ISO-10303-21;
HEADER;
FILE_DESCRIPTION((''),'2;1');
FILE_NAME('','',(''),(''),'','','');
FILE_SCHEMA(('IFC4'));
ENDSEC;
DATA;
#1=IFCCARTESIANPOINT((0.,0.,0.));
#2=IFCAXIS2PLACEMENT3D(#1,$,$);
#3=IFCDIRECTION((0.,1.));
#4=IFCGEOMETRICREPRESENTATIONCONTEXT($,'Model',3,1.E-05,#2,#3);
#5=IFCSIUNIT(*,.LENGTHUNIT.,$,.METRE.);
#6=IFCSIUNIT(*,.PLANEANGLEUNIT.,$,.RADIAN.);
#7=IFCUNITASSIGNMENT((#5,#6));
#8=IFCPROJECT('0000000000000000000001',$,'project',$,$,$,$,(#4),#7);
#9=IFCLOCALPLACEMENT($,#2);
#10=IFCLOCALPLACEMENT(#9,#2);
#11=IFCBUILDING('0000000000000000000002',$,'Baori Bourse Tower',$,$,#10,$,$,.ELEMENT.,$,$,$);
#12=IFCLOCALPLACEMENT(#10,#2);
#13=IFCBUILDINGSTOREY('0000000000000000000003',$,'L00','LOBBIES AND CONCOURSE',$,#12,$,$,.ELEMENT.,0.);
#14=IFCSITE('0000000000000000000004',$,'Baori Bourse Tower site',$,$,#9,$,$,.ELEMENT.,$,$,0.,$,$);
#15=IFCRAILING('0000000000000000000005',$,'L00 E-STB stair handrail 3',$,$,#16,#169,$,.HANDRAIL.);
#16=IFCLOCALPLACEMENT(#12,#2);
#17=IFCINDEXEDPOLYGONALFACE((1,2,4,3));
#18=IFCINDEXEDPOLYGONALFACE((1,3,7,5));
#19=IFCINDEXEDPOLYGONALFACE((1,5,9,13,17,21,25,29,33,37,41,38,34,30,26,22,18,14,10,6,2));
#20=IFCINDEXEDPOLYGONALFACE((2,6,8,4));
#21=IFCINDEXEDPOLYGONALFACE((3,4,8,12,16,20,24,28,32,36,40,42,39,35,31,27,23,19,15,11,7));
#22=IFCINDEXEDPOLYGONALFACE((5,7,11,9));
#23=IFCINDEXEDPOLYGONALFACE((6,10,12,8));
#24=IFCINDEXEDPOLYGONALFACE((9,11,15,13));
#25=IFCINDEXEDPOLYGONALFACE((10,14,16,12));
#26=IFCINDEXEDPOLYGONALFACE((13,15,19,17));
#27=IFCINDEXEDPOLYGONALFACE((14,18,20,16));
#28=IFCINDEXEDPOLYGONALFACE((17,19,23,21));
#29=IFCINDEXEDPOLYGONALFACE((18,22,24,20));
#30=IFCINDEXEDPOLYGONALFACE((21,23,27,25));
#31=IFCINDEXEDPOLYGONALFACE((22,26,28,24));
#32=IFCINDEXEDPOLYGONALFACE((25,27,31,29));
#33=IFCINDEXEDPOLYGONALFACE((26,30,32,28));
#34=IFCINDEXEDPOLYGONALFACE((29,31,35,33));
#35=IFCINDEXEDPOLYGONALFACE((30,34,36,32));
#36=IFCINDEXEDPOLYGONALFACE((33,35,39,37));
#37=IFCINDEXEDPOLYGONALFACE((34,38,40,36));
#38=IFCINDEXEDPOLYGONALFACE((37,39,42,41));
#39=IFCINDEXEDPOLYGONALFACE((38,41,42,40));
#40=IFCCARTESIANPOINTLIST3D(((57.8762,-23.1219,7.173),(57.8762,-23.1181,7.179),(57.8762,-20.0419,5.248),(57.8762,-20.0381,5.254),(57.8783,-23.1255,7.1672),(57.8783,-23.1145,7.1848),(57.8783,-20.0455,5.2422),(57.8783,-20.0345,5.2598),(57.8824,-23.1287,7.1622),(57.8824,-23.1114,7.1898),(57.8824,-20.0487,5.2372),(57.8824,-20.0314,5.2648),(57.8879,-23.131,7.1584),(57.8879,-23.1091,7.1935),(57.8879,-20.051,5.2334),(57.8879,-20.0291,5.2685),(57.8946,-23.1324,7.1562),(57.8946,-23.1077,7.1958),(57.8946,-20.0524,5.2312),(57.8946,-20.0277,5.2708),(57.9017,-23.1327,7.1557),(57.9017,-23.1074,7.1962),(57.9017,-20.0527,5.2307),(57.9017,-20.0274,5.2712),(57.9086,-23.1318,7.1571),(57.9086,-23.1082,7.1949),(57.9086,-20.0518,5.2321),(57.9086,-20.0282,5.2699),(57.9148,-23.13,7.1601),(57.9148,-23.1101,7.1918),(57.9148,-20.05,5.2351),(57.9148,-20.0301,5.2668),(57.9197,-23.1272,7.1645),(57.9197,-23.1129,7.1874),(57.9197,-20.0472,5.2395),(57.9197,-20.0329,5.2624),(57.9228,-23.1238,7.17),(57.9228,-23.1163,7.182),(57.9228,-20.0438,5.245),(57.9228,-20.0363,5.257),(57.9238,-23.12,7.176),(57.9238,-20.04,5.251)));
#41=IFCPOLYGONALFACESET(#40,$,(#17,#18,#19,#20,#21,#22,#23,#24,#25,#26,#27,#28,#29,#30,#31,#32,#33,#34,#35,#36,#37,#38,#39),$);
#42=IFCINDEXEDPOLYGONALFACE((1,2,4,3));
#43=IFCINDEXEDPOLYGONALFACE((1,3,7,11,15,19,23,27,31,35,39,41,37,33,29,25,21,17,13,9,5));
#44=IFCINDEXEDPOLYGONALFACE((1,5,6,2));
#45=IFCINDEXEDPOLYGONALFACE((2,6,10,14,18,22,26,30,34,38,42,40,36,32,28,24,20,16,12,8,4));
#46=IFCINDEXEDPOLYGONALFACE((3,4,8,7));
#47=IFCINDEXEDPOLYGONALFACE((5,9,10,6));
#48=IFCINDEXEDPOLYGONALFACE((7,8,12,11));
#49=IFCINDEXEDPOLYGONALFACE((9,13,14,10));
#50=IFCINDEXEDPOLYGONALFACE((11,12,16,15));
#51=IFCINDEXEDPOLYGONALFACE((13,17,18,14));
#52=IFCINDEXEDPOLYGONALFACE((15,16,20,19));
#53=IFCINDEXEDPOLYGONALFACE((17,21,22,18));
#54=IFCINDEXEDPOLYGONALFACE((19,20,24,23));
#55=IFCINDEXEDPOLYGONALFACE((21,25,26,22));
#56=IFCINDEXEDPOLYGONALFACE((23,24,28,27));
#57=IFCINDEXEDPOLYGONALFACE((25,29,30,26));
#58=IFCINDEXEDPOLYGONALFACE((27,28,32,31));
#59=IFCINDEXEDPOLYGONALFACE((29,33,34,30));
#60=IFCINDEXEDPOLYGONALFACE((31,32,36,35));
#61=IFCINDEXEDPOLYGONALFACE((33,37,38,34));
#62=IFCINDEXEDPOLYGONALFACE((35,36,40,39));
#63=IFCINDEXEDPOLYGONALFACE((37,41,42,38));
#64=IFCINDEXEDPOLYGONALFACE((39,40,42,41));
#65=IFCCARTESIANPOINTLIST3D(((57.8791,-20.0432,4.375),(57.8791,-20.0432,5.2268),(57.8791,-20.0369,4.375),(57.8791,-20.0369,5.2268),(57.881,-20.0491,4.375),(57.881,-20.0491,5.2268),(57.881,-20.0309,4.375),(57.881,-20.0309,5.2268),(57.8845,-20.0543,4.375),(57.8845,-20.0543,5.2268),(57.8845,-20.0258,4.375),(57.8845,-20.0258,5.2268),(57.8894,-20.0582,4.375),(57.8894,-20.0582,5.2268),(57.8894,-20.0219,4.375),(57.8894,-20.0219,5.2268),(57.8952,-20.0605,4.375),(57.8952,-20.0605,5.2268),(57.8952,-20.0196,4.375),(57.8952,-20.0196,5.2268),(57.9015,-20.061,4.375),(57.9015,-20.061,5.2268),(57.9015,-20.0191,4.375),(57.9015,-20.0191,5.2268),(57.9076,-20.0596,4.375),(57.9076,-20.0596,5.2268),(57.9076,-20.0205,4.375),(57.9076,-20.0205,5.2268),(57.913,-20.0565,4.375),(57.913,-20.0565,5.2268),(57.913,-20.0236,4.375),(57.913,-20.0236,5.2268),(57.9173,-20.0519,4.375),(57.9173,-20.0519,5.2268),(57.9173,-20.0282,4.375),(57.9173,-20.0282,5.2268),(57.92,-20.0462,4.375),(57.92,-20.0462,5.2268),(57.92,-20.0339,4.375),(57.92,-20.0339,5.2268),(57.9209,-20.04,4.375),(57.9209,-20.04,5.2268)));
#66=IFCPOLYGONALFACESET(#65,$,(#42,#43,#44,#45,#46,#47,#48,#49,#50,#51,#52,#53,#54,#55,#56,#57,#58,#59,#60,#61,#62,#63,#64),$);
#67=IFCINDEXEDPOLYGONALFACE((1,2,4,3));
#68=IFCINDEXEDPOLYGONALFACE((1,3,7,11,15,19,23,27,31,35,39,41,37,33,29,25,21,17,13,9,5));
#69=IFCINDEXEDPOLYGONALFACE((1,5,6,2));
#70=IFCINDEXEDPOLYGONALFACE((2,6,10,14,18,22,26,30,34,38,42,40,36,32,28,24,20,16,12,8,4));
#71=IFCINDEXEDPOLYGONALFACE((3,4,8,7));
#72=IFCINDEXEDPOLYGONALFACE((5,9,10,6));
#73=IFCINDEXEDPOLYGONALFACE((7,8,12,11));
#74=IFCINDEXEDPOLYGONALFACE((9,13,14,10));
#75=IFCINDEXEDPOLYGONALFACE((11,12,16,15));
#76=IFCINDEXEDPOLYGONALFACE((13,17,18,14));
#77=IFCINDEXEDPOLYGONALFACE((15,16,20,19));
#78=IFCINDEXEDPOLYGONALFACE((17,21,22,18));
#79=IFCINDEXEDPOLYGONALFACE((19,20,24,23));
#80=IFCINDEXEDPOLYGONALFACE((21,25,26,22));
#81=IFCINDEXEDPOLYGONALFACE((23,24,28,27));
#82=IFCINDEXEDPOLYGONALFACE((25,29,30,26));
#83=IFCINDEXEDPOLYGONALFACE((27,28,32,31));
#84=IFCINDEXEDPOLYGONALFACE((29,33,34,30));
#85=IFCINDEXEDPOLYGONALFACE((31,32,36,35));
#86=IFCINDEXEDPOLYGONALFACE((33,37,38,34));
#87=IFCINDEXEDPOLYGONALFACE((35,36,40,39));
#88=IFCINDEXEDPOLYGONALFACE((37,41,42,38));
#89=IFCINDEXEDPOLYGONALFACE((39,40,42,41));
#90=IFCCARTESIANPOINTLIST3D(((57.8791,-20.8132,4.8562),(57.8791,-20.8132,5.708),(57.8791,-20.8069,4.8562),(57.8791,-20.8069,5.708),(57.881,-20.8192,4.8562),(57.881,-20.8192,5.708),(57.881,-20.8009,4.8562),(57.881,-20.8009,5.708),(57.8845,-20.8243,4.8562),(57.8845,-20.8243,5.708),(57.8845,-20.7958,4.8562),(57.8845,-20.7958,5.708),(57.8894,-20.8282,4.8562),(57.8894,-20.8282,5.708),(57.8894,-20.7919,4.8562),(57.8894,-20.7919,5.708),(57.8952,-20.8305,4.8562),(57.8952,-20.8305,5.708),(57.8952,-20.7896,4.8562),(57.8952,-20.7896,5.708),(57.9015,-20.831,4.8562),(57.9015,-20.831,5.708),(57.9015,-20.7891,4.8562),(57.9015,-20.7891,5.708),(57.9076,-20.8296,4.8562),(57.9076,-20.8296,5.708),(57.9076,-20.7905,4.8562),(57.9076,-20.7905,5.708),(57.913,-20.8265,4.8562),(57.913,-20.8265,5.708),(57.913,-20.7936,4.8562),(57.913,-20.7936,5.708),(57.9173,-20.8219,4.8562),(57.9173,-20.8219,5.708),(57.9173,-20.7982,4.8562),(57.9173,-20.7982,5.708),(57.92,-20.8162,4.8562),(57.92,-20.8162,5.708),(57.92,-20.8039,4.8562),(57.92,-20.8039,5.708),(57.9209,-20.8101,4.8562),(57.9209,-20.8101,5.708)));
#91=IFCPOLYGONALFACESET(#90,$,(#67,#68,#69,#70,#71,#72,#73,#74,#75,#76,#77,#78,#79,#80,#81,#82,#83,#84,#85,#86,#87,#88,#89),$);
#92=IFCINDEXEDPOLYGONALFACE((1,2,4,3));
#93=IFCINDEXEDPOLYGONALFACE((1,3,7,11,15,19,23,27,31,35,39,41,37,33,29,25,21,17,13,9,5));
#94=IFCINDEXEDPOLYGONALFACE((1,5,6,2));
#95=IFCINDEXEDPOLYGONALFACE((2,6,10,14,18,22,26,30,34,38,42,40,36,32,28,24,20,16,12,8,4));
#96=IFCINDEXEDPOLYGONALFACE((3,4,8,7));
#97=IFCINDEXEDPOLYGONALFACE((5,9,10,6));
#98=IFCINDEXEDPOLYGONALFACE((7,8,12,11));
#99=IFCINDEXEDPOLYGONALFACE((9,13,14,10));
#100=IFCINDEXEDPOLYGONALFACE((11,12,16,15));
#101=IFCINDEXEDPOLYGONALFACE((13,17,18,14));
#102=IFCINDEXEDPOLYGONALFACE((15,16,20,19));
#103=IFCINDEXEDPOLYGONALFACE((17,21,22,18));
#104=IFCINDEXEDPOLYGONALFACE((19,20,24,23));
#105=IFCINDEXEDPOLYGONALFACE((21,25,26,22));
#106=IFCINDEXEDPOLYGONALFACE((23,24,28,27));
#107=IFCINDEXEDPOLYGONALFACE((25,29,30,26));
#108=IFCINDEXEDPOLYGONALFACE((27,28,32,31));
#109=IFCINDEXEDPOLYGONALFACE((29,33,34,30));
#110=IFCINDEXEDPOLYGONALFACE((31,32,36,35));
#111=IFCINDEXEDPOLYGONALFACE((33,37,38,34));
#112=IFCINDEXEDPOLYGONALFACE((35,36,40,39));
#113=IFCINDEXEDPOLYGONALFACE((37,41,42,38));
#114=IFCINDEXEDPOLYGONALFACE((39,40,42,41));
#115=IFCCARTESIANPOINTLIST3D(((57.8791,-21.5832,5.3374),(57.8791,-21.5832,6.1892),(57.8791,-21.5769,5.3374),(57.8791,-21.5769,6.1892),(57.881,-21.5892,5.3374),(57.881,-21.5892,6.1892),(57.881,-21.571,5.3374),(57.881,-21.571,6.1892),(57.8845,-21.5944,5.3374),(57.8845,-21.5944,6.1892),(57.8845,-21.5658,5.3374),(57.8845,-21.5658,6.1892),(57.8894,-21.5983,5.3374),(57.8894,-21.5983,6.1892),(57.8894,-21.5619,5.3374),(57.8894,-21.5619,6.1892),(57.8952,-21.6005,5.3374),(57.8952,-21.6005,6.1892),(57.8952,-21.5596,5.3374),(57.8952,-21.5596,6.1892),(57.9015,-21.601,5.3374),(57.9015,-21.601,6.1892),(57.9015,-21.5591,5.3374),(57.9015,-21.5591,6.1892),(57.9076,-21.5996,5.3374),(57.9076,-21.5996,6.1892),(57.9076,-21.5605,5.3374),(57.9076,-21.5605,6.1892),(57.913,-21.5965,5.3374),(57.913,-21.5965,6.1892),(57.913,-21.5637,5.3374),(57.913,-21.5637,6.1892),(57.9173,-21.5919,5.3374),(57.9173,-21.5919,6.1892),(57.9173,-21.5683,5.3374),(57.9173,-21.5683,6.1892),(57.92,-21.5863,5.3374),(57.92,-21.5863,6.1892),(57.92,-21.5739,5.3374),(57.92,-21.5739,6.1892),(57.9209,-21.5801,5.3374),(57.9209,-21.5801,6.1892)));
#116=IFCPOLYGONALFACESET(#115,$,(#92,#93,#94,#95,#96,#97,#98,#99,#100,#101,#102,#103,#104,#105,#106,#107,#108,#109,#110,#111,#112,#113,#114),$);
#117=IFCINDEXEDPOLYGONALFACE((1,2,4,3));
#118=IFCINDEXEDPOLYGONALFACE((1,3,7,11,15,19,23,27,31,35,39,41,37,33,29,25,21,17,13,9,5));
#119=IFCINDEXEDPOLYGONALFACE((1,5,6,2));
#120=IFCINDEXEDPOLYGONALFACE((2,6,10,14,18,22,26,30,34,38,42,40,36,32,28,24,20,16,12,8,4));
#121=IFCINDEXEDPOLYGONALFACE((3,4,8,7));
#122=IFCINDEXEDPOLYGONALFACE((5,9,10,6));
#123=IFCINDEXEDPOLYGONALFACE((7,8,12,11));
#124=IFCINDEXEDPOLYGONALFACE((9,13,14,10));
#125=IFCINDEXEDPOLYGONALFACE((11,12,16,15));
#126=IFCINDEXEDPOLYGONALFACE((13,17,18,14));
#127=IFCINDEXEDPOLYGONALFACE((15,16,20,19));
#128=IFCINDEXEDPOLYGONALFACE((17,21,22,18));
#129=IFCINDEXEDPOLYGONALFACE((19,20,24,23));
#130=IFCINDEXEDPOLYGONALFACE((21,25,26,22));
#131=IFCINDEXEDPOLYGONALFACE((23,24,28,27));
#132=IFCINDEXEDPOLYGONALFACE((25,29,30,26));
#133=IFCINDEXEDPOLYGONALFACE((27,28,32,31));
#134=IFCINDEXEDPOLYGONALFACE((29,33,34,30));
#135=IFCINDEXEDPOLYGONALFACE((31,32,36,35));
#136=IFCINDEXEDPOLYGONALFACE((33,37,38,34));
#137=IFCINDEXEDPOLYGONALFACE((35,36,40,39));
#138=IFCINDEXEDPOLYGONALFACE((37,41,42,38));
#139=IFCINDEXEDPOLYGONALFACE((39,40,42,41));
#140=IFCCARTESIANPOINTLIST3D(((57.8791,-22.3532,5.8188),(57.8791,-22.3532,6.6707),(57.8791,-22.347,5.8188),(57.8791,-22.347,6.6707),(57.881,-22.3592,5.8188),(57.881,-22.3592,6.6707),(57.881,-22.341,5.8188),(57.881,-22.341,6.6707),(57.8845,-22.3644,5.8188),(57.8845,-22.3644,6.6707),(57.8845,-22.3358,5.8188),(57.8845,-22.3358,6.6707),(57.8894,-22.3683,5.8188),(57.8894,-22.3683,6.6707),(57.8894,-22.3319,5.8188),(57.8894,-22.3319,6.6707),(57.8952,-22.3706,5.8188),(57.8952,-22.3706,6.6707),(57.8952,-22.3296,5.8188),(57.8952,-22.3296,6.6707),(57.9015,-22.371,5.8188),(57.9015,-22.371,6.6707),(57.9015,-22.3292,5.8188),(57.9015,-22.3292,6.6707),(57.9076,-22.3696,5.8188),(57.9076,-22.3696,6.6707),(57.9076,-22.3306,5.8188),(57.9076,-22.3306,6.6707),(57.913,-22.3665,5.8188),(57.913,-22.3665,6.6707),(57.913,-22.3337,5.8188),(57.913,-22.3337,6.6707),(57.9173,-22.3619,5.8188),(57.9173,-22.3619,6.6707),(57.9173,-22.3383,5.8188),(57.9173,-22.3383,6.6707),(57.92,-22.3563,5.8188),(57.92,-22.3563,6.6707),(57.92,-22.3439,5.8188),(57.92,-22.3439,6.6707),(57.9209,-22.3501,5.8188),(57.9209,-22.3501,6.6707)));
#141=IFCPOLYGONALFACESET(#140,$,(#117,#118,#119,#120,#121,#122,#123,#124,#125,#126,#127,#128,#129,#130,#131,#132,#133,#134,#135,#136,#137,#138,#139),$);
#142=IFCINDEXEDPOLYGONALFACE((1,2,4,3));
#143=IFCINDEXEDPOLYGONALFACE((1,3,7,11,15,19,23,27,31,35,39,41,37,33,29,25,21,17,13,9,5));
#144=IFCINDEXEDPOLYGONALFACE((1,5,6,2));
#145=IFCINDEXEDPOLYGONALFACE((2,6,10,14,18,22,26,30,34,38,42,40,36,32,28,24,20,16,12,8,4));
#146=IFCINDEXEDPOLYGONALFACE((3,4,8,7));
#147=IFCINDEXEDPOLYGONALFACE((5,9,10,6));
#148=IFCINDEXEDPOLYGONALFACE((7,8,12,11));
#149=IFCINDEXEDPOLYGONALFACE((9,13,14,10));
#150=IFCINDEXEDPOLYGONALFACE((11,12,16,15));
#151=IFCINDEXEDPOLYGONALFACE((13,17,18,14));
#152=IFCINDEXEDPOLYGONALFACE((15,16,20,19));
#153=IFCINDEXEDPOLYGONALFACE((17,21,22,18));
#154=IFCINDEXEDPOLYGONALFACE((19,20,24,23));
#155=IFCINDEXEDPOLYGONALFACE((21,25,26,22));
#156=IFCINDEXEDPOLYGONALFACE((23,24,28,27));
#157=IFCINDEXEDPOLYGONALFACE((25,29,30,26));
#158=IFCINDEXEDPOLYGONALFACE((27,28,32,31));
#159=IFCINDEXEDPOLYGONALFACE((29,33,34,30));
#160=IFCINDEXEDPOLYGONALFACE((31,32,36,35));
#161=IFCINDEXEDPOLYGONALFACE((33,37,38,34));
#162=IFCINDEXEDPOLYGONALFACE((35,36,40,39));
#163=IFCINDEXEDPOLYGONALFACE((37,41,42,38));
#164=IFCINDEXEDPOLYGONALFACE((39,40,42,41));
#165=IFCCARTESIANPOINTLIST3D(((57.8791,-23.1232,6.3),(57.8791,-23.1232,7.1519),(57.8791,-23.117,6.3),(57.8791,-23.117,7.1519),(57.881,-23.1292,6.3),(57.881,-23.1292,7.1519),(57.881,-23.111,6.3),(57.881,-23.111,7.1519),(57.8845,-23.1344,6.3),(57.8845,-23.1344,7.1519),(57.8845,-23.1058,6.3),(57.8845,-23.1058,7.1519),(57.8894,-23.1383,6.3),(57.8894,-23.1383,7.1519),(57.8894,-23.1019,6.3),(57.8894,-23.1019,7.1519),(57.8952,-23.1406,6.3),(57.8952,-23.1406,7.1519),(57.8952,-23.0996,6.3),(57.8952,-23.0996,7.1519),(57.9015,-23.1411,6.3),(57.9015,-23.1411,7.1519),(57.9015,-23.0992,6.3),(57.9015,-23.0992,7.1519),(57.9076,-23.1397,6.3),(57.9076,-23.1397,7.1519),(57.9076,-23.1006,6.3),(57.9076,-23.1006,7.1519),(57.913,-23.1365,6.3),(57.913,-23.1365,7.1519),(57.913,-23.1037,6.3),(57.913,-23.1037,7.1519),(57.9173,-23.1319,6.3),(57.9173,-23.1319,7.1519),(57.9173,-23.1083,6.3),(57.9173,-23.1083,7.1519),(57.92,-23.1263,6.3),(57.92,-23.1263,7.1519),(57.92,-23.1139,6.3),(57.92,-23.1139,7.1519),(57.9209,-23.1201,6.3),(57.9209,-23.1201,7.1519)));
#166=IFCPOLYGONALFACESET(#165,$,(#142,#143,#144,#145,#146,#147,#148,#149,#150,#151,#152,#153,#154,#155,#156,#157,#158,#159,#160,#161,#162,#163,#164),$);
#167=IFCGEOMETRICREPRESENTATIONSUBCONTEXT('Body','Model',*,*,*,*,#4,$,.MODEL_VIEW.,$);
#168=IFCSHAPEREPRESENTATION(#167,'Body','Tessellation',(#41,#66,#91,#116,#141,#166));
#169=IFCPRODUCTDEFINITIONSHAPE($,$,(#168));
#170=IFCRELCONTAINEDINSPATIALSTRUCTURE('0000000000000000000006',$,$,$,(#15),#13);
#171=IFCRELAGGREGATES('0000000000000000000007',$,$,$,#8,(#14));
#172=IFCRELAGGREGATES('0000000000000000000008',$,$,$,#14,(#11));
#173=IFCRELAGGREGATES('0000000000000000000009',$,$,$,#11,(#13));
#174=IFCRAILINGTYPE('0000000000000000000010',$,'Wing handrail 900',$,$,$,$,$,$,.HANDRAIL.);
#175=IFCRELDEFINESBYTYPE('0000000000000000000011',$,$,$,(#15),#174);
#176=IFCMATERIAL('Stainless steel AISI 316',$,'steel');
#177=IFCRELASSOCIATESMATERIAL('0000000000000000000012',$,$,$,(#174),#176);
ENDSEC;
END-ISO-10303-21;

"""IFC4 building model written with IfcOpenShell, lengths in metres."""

from ifc_helpers import new_model, si_unit, direction, frame, origin, origin_2d, place, context, subcontext, project, spatial, circle, extrude, material, type_object, element, save


model = new_model("IFC4")

# Units and contexts
model_context = context("Model", 3, precision=1e-05, world=origin(), true_north=direction((0.0, 1.0)))
body_context = subcontext(model_context, "Body", "Model", "MODEL_VIEW")
ifc_project = project(units=[si_unit("LENGTHUNIT", "METRE"), si_unit("PLANEANGLEUNIT", "RADIAN")], contexts=[model_context])

# Site, building, storey
site_placement = place(None, origin())
site = spatial("IfcSite", under=ifc_project, at=site_placement, Name="Baori Bourse Tower site", CompositionType="ELEMENT", RefElevation=0.0)
building_placement = place(site_placement, origin())
building = spatial("IfcBuilding", under=site, at=building_placement, Name="Baori Bourse Tower", CompositionType="ELEMENT")
storey_placement = place(building_placement, origin())
storey = spatial("IfcBuildingStorey", under=building, at=storey_placement, Name="L00", Description="LOBBIES AND CONCOURSE", CompositionType="ELEMENT", Elevation=0.0)

# Railing
ifc_material_1 = material(Name="Stainless steel AISI 316", Category="steel")
railing_type_1 = type_object("IfcRailingType", Name="Wing handrail 900", PredefinedType="HANDRAIL", material=ifc_material_1)
railing_1_placement = place(storey_placement, frame((57.8999, -20.04, 4.375)))
element("IfcRailing", 1, at=railing_1_placement, inside=storey, type_object=railing_type_1, Name="L00 E-STB stair handrail 3", PredefinedType="HANDRAIL", context=body_context, shape_type="SweptSolid", body=[
    extrude(circle(Radius=0.0239, at=origin_2d()), frame((0.0, 0.0, 0.876), z_axis=(0.0, -0.847998, 0.529999), x_axis=(1.0, 0.0, 0.0)), (0.0, 0.0, 1.0), 3.6321),
    extrude(circle(Radius=0.021, at=origin_2d()), origin(), (0.0, 0.0, 1.0), 0.8518),
    extrude(circle(Radius=0.021, at=origin_2d()), frame((0.0, -0.77, 0.4812)), (0.0, 0.0, 1.0), 0.8518),
    extrude(circle(Radius=0.021, at=origin_2d()), frame((0.0, -1.54, 0.9624)), (0.0, 0.0, 1.0), 0.8518),
    extrude(circle(Radius=0.021, at=origin_2d()), frame((0.0, -2.3101, 1.4438)), (0.0, 0.0, 1.0), 0.8518),
    extrude(circle(Radius=0.021, at=origin_2d()), frame((0.0, -3.0801, 1.925)), (0.0, 0.0, 1.0), 0.8518),
])

save(model, "model.ifc")
